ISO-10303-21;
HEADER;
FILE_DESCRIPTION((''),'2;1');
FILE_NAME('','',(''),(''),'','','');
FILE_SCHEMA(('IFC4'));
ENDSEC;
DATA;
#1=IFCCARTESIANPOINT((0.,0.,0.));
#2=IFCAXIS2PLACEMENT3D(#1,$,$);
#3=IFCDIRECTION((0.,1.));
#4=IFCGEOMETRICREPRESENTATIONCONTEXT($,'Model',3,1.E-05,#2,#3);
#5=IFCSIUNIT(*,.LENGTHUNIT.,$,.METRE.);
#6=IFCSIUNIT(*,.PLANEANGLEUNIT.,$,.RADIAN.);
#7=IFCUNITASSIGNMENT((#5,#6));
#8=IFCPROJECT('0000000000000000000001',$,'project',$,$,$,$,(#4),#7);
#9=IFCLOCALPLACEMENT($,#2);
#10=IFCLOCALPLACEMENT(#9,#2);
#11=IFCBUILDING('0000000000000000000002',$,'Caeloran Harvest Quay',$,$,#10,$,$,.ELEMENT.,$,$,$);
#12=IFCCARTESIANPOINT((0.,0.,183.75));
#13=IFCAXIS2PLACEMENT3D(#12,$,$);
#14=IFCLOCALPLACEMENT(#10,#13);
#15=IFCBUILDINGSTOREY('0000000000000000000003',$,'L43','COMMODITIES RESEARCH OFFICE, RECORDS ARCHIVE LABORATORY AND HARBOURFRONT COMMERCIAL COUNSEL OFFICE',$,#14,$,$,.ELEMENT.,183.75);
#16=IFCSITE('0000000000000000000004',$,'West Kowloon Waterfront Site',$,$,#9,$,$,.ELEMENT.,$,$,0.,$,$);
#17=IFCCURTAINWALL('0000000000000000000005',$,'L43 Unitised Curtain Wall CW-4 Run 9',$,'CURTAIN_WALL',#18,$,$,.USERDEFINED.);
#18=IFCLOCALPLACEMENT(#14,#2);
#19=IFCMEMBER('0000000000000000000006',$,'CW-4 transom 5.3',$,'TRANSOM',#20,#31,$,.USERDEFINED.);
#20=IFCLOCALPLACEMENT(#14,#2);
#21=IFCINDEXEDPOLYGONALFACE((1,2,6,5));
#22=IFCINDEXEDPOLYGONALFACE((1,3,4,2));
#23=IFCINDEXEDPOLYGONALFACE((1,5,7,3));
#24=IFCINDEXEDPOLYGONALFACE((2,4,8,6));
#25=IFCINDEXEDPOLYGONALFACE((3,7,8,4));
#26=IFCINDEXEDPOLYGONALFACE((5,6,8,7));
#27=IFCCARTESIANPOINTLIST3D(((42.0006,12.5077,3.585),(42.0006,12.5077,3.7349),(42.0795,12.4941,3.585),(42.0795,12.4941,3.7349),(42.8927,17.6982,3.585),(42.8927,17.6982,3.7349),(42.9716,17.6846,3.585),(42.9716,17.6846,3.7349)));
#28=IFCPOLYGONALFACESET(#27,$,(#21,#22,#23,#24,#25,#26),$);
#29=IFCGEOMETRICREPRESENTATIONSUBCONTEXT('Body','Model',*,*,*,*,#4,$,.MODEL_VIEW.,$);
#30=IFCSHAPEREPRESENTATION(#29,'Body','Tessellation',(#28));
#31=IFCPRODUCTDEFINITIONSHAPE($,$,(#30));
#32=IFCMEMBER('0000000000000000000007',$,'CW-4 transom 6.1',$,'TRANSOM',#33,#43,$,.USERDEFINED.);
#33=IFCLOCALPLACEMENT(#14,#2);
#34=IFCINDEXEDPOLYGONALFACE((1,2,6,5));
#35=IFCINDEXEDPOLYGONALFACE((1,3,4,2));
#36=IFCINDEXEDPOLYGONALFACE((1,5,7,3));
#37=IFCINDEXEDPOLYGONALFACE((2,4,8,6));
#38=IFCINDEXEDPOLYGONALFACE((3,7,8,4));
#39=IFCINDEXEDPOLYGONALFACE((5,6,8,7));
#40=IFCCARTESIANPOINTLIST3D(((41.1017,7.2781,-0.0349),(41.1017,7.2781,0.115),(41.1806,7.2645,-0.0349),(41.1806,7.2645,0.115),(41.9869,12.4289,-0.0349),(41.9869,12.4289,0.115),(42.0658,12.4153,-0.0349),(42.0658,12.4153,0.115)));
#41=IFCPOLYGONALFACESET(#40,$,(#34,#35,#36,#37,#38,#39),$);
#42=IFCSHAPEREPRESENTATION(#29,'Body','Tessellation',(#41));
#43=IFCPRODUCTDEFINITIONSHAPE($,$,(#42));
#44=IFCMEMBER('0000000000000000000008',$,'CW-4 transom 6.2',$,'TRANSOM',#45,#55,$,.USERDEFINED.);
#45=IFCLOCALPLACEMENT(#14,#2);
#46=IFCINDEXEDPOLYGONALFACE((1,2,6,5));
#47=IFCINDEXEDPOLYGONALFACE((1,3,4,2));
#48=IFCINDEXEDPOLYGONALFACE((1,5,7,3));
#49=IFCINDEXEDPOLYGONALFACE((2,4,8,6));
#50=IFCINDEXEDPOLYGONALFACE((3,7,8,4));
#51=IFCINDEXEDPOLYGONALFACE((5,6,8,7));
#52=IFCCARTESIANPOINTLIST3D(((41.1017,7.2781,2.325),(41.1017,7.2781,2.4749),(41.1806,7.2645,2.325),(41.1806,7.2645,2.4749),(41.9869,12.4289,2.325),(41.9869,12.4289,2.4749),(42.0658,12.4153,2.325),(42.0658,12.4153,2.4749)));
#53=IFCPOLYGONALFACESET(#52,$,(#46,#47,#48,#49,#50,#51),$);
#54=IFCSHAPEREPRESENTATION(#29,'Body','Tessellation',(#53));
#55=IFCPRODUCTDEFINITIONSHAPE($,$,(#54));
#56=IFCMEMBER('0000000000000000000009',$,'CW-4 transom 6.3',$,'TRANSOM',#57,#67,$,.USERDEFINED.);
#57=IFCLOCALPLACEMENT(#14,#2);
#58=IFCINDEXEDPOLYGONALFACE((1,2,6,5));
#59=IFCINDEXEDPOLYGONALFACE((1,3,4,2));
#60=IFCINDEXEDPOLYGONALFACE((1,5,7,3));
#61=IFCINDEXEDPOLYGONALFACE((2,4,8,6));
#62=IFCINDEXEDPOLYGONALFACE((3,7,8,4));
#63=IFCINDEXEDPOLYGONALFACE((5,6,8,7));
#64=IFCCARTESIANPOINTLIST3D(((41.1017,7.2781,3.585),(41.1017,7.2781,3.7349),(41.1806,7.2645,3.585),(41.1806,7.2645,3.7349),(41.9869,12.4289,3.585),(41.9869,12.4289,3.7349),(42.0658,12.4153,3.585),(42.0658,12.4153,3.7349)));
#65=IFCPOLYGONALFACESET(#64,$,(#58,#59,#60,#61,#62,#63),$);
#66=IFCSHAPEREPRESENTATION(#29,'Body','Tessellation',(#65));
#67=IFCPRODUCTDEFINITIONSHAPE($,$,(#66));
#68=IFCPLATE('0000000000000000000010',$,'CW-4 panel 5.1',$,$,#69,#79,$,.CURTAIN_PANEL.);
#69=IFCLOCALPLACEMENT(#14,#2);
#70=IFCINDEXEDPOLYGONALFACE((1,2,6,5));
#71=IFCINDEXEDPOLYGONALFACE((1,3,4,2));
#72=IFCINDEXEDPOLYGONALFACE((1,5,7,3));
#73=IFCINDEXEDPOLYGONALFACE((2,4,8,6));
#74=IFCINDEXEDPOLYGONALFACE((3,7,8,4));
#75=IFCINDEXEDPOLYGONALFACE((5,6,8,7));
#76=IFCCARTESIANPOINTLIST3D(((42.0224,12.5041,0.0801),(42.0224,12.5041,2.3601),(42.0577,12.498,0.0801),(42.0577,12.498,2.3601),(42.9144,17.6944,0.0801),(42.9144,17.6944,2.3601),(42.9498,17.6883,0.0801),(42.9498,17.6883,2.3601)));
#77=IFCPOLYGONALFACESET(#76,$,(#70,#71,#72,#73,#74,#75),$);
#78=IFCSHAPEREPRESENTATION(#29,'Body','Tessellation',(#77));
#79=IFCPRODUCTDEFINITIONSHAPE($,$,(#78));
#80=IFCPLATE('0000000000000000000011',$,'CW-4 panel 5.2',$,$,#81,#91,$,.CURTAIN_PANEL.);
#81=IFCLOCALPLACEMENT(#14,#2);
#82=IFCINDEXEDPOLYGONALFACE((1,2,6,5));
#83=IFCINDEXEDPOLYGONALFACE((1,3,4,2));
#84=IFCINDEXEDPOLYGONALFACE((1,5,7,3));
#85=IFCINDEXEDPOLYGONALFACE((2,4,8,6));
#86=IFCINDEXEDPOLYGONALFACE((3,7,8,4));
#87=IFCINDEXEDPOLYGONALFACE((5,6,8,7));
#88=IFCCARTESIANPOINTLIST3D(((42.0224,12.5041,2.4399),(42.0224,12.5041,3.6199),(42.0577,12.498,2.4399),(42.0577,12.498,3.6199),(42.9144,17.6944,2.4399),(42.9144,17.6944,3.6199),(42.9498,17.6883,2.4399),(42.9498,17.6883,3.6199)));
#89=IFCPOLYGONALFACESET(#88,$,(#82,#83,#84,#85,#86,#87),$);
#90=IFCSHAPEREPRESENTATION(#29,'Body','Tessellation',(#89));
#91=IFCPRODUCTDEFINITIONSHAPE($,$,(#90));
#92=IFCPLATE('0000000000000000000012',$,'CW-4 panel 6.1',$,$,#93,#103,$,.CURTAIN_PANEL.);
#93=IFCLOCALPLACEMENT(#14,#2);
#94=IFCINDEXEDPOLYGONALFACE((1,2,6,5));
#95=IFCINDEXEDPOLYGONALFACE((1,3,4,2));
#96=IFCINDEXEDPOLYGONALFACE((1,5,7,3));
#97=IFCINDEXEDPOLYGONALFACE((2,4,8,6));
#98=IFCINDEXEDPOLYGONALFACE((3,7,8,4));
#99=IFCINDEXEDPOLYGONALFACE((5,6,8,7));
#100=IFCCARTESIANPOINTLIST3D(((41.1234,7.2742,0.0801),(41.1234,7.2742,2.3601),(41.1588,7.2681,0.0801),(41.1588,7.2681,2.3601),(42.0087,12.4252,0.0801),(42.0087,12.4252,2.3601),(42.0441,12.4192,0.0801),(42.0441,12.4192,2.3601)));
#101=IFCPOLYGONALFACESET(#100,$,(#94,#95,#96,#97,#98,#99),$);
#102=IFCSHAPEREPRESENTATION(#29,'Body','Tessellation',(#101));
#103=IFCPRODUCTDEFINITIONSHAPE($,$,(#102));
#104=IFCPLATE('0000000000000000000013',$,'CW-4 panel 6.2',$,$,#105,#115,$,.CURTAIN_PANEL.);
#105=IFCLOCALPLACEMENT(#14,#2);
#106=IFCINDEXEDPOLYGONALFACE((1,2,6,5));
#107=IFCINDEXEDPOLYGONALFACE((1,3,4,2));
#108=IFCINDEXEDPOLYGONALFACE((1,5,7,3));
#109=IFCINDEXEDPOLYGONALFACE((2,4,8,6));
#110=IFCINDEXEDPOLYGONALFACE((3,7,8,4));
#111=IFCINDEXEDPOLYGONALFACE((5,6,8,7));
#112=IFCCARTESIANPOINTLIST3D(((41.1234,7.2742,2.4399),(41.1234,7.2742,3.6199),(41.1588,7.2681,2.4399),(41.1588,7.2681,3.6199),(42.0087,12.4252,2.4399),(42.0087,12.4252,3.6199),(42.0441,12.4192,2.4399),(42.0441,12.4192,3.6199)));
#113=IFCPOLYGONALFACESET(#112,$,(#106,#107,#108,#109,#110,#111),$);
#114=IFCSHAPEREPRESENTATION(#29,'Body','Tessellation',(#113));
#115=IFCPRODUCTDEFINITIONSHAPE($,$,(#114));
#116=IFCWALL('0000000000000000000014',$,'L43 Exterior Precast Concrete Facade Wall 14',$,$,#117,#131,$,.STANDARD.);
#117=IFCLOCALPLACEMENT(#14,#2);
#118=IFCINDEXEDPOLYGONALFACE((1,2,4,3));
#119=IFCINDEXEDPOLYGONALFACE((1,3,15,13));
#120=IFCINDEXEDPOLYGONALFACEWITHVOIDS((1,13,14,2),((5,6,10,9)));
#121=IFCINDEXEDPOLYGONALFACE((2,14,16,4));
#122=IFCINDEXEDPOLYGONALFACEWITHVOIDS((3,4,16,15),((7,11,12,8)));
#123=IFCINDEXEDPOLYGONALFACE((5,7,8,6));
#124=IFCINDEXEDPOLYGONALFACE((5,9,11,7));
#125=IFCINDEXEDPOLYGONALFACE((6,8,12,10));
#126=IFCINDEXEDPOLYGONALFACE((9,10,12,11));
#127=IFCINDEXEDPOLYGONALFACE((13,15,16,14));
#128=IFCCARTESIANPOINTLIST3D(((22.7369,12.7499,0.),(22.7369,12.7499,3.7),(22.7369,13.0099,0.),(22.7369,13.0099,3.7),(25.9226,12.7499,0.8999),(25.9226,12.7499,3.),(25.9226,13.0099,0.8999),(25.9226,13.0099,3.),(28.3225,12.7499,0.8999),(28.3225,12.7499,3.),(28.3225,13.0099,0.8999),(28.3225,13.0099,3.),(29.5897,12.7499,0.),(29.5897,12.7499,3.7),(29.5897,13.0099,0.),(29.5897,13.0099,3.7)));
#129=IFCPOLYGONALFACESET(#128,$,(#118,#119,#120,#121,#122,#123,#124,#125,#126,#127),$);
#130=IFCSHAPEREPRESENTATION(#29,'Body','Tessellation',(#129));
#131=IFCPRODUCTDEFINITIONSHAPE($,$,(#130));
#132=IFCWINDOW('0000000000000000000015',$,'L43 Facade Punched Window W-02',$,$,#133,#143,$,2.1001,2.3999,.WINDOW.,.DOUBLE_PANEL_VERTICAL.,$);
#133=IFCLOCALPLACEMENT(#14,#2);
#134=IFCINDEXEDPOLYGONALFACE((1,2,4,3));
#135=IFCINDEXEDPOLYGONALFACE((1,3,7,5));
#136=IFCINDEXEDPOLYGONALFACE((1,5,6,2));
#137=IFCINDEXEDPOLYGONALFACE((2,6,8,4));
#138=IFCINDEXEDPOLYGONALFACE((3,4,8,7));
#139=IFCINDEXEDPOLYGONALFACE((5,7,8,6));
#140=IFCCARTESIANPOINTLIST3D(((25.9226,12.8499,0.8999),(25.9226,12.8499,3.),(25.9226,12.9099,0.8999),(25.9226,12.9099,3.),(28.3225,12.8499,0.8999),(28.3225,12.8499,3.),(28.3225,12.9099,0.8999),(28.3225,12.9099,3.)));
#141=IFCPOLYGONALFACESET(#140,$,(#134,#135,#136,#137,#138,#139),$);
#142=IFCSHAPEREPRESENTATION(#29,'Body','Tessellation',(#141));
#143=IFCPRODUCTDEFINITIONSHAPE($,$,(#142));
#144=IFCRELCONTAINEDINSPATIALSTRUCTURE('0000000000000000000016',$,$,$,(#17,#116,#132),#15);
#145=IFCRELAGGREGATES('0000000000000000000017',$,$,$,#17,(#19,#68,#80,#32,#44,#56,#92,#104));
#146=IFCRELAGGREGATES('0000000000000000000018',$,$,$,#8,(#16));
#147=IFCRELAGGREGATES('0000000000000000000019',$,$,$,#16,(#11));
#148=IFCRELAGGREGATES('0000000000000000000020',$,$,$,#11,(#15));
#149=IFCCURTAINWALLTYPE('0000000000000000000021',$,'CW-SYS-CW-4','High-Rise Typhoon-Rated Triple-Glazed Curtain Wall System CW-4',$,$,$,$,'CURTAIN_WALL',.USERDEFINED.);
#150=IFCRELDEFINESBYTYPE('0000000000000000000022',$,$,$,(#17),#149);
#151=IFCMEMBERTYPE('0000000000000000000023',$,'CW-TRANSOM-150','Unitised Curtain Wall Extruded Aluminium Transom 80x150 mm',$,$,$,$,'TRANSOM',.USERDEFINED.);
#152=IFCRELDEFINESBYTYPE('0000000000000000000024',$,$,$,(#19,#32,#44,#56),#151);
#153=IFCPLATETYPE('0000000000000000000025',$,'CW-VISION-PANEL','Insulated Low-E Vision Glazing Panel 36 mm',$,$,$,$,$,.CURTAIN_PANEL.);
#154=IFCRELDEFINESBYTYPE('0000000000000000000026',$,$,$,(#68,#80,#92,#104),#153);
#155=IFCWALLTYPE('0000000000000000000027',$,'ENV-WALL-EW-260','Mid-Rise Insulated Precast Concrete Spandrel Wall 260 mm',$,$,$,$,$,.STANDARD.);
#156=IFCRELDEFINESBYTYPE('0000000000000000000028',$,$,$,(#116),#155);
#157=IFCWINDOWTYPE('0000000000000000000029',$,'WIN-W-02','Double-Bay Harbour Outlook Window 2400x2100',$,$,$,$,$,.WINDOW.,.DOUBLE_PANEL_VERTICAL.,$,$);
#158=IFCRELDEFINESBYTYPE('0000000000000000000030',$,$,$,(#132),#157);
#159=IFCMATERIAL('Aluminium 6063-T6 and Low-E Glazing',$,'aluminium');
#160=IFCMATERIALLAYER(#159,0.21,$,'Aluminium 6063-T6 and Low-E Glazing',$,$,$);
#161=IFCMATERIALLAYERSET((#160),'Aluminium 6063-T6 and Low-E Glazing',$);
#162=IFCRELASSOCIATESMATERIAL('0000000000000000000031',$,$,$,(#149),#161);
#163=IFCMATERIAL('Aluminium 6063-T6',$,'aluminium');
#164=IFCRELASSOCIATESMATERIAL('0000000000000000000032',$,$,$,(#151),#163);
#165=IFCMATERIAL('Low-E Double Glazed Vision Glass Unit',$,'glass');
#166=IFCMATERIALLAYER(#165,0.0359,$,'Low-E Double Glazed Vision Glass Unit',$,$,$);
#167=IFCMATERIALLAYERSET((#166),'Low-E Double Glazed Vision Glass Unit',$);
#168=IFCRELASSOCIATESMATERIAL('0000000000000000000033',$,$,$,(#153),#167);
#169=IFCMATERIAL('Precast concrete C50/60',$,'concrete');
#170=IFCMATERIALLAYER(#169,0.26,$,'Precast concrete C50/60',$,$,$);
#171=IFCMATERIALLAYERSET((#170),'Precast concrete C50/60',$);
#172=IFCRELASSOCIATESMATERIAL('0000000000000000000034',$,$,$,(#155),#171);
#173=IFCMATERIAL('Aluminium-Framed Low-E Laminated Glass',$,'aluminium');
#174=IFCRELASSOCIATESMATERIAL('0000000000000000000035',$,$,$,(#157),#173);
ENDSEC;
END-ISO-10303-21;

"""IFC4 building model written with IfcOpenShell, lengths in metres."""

from ifc_helpers import new_model, si_unit, direction, frame, frame_2d, origin, origin_2d, place, context, subcontext, project, spatial, rectangle, extrude, material, layer, layer_set, material_profile, profile_set, type_object, element, fill, aggregate, save


model = new_model("IFC4")

# Units and contexts
model_context = context("Model", 3, precision=1e-05, world=origin(), true_north=direction((0.0, 1.0)))
body_context = subcontext(model_context, "Body", "Model", "MODEL_VIEW")
ifc_project = project(units=[si_unit("LENGTHUNIT", "METRE"), si_unit("PLANEANGLEUNIT", "RADIAN")], contexts=[model_context])

# Site, building, storey
site_placement = place(None, origin())
site = spatial("IfcSite", under=ifc_project, at=site_placement, Name="West Kowloon Waterfront Site", CompositionType="ELEMENT", RefElevation=0.0)
building_placement = place(site_placement, origin())
building = spatial("IfcBuilding", under=site, at=building_placement, Name="Caeloran Harvest Quay", CompositionType="ELEMENT")
storey_placement = place(building_placement, frame((0.0, 0.0, 183.75)))
storey = spatial("IfcBuildingStorey", under=building, at=storey_placement, Name="L43", Description="COMMODITIES RESEARCH OFFICE, RECORDS ARCHIVE LABORATORY AND HARBOURFRONT COMMERCIAL COUNSEL OFFICE", CompositionType="ELEMENT", Elevation=183.75)

# Curtain wall, members, plates
ifc_material_1 = material(Name="Aluminium 6063-T6 and Low-E Glazing", Category="aluminium")
ifc_layer_1 = layer(ifc_material_1, 0.21, Name="Aluminium 6063-T6 and Low-E Glazing")
ifc_layer_set_1 = layer_set([ifc_layer_1], Name="Aluminium 6063-T6 and Low-E Glazing")
curtain_wall_type = type_object("IfcCurtainWallType", Name="CW-SYS-CW-4", Description="High-Rise Typhoon-Rated Triple-Glazed Curtain Wall System CW-4", ElementType="CURTAIN_WALL", PredefinedType="USERDEFINED", material=ifc_layer_set_1)
curtain_wall_placement = place(storey_placement, origin())
curtain_wall = element("IfcCurtainWall", 1, at=curtain_wall_placement, inside=storey, type_object=curtain_wall_type, Name="L43 Unitised Curtain Wall CW-4 Run 9", ObjectType="CURTAIN_WALL", PredefinedType="USERDEFINED")
ifc_material_2 = material(Name="Aluminium 6063-T6", Category="aluminium")
ifc_material_profile_1 = material_profile(ifc_material_2, rectangle(XDim=0.0801, YDim=0.1499, at=origin_2d()), Name="CW-TRANSOM-150")
ifc_profile_set_1 = profile_set([ifc_material_profile_1], Name="Aluminium 6063-T6")
member_type_1 = type_object("IfcMemberType", Name="CW-TRANSOM-150", Description="Unitised Curtain Wall Extruded Aluminium Transom 80x150 mm", ElementType="TRANSOM", PredefinedType="USERDEFINED", material=ifc_profile_set_1)
member_1_placement = place(storey_placement, frame((42.9321, 17.6914, 3.6599), z_axis=(-0.169388, -0.985549, 0.0), x_axis=(0.985549, -0.169388, 0.0)))
member_1 = element("IfcMember", 2, at=member_1_placement, type_object=member_type_1, Name="CW-4 transom 5.3", ObjectType="TRANSOM", PredefinedType="USERDEFINED", context=body_context, shape_type="SweptSolid", body=[
    extrude(rectangle(XDim=0.0801, YDim=0.1499, at=origin_2d()), origin(), (0.0, 0.0, 1.0), 5.2666),
])
member_2_placement = place(storey_placement, frame((42.0264, 12.4221, 0.04), z_axis=(-0.169381, -0.985551, 0.0), x_axis=(0.985551, -0.169381, 0.0)))
member_2 = element("IfcMember", 3, at=member_2_placement, type_object=member_type_1, Name="CW-4 transom 6.1", ObjectType="TRANSOM", PredefinedType="USERDEFINED", context=body_context, shape_type="SweptSolid", body=[
    extrude(rectangle(XDim=0.0801, YDim=0.1499, at=origin_2d()), origin(), (0.0, 0.0, 1.0), 5.2263),
])
member_3_placement = place(storey_placement, frame((42.0264, 12.4221, 2.3999), z_axis=(-0.169381, -0.985551, 0.0), x_axis=(0.985551, -0.169381, 0.0)))
member_3 = element("IfcMember", 4, at=member_3_placement, type_object=member_type_1, Name="CW-4 transom 6.2", ObjectType="TRANSOM", PredefinedType="USERDEFINED", context=body_context, shape_type="SweptSolid", body=[
    extrude(rectangle(XDim=0.0801, YDim=0.1499, at=origin_2d()), origin(), (0.0, 0.0, 1.0), 5.2263),
])
member_4_placement = place(storey_placement, frame((42.0264, 12.4221, 3.6599), z_axis=(-0.169381, -0.985551, 0.0), x_axis=(0.985551, -0.169381, 0.0)))
member_4 = element("IfcMember", 5, at=member_4_placement, type_object=member_type_1, Name="CW-4 transom 6.3", ObjectType="TRANSOM", PredefinedType="USERDEFINED", context=body_context, shape_type="SweptSolid", body=[
    extrude(rectangle(XDim=0.0801, YDim=0.1499, at=origin_2d()), origin(), (0.0, 0.0, 1.0), 5.2263),
])
ifc_material_3 = material(Name="Low-E Double Glazed Vision Glass Unit", Category="glass")
ifc_layer_2 = layer(ifc_material_3, 0.0359, Name="Low-E Double Glazed Vision Glass Unit")
ifc_layer_set_2 = layer_set([ifc_layer_2], Name="Low-E Double Glazed Vision Glass Unit")
plate_type = type_object("IfcPlateType", Name="CW-VISION-PANEL", Description="Insulated Low-E Vision Glazing Panel 36 mm", PredefinedType="CURTAIN_PANEL", material=ifc_layer_set_2)
plate_1_placement = place(storey_placement, frame((42.4861, 15.0962, 0.0801), z_axis=(0.0, 0.0, 1.0), x_axis=(-0.169392, -0.985549, 0.0)))
plate_1 = element("IfcPlate", 6, at=plate_1_placement, type_object=plate_type, Name="CW-4 panel 5.1", PredefinedType="CURTAIN_PANEL", context=body_context, shape_type="SweptSolid", body=[
    extrude(rectangle(XDim=5.2664, YDim=0.0359, at=origin_2d()), origin(), (0.0, 0.0, 1.0), 2.28),
])
plate_2_placement = place(storey_placement, frame((42.4861, 15.0962, 2.4399), z_axis=(0.0, 0.0, 1.0), x_axis=(-0.169392, -0.985549, 0.0)))
plate_2 = element("IfcPlate", 7, at=plate_2_placement, type_object=plate_type, Name="CW-4 panel 5.2", PredefinedType="CURTAIN_PANEL", context=body_context, shape_type="SweptSolid", body=[
    extrude(rectangle(XDim=5.2664, YDim=0.0359, at=origin_2d()), origin(), (0.0, 0.0, 1.0), 1.1799),
])
plate_3_placement = place(storey_placement, frame((41.5837, 9.8467, 0.0801), z_axis=(0.0, 0.0, 1.0), x_axis=(-0.169392, -0.985549, 0.0)))
plate_3 = element("IfcPlate", 8, at=plate_3_placement, type_object=plate_type, Name="CW-4 panel 6.1", PredefinedType="CURTAIN_PANEL", context=body_context, shape_type="SweptSolid", body=[
    extrude(rectangle(XDim=5.2266, YDim=0.0359, at=origin_2d()), origin(), (0.0, 0.0, 1.0), 2.28),
])
plate_4_placement = place(storey_placement, frame((41.5837, 9.8467, 2.4399), z_axis=(0.0, 0.0, 1.0), x_axis=(-0.169392, -0.985549, 0.0)))
plate_4 = element("IfcPlate", 9, at=plate_4_placement, type_object=plate_type, Name="CW-4 panel 6.2", PredefinedType="CURTAIN_PANEL", context=body_context, shape_type="SweptSolid", body=[
    extrude(rectangle(XDim=5.2266, YDim=0.0359, at=origin_2d()), origin(), (0.0, 0.0, 1.0), 1.1799),
])
aggregate(curtain_wall, [member_1, plate_1, plate_2, member_2, member_3, member_4, plate_3, plate_4])

# Wall, opening, window
ifc_material_4 = material(Name="Precast concrete C50/60", Category="concrete")
ifc_layer_3 = layer(ifc_material_4, 0.26, Name="Precast concrete C50/60")
ifc_layer_set_3 = layer_set([ifc_layer_3], Name="Precast concrete C50/60")
wall_type = type_object("IfcWallType", Name="ENV-WALL-EW-260", Description="Mid-Rise Insulated Precast Concrete Spandrel Wall 260 mm", PredefinedType="STANDARD", material=ifc_layer_set_3)
wall_placement = place(storey_placement, frame((29.5896, 12.8799, 0.0), z_axis=(0.0, 0.0, 1.0), x_axis=(-1.0, 0.0, 0.0)))
wall = element("IfcWall", 10, at=wall_placement, inside=storey, type_object=wall_type, Name="L43 Exterior Precast Concrete Facade Wall 14", PredefinedType="STANDARD", context=body_context, shape_type="SweptSolid", body=[
    extrude(rectangle(XDim=6.8528, YDim=0.26, at=frame_2d((3.4263, 0.0))), origin(), (0.0, 0.0, 1.0), 3.7),
])
opening_placement = place(wall_placement, frame((1.2671, 0.0, 0.8999)))
opening = element("IfcOpeningElement", 11, at=opening_placement, cuts=wall, PredefinedType="OPENING", context=body_context, shape_type="SweptSolid", body=[
    extrude(rectangle(XDim=2.3999, YDim=2.1001, at=frame_2d((1.2, 1.05))), frame((0.0, 0.1401, 0.0), z_axis=(0.0, -1.0, 0.0), x_axis=(1.0, 0.0, 0.0)), (0.0, 0.0, 1.0), 0.28),
])
ifc_material_5 = material(Name="Aluminium-Framed Low-E Laminated Glass", Category="aluminium")
window_type = type_object("IfcWindowType", Name="WIN-W-02", Description="Double-Bay Harbour Outlook Window 2400x2100", PartitioningType="DOUBLE_PANEL_VERTICAL", PredefinedType="WINDOW", material=ifc_material_5)
window_placement = place(opening_placement, origin())
window = element("IfcWindow", 12, at=window_placement, inside=storey, type_object=window_type, Name="L43 Facade Punched Window W-02", OverallHeight=2.1001, OverallWidth=2.3999, PartitioningType="DOUBLE_PANEL_VERTICAL", PredefinedType="WINDOW", context=body_context, shape_type="SweptSolid", body=[
    extrude(rectangle(XDim=2.3999, YDim=2.1001, at=frame_2d((1.2, 1.05))), frame((0.0, 0.03, 0.0), z_axis=(0.0, -1.0, 0.0), x_axis=(1.0, 0.0, 0.0)), (0.0, 0.0, 1.0), 0.0601),
])
fill(opening, window)

save(model, "model.ifc")
